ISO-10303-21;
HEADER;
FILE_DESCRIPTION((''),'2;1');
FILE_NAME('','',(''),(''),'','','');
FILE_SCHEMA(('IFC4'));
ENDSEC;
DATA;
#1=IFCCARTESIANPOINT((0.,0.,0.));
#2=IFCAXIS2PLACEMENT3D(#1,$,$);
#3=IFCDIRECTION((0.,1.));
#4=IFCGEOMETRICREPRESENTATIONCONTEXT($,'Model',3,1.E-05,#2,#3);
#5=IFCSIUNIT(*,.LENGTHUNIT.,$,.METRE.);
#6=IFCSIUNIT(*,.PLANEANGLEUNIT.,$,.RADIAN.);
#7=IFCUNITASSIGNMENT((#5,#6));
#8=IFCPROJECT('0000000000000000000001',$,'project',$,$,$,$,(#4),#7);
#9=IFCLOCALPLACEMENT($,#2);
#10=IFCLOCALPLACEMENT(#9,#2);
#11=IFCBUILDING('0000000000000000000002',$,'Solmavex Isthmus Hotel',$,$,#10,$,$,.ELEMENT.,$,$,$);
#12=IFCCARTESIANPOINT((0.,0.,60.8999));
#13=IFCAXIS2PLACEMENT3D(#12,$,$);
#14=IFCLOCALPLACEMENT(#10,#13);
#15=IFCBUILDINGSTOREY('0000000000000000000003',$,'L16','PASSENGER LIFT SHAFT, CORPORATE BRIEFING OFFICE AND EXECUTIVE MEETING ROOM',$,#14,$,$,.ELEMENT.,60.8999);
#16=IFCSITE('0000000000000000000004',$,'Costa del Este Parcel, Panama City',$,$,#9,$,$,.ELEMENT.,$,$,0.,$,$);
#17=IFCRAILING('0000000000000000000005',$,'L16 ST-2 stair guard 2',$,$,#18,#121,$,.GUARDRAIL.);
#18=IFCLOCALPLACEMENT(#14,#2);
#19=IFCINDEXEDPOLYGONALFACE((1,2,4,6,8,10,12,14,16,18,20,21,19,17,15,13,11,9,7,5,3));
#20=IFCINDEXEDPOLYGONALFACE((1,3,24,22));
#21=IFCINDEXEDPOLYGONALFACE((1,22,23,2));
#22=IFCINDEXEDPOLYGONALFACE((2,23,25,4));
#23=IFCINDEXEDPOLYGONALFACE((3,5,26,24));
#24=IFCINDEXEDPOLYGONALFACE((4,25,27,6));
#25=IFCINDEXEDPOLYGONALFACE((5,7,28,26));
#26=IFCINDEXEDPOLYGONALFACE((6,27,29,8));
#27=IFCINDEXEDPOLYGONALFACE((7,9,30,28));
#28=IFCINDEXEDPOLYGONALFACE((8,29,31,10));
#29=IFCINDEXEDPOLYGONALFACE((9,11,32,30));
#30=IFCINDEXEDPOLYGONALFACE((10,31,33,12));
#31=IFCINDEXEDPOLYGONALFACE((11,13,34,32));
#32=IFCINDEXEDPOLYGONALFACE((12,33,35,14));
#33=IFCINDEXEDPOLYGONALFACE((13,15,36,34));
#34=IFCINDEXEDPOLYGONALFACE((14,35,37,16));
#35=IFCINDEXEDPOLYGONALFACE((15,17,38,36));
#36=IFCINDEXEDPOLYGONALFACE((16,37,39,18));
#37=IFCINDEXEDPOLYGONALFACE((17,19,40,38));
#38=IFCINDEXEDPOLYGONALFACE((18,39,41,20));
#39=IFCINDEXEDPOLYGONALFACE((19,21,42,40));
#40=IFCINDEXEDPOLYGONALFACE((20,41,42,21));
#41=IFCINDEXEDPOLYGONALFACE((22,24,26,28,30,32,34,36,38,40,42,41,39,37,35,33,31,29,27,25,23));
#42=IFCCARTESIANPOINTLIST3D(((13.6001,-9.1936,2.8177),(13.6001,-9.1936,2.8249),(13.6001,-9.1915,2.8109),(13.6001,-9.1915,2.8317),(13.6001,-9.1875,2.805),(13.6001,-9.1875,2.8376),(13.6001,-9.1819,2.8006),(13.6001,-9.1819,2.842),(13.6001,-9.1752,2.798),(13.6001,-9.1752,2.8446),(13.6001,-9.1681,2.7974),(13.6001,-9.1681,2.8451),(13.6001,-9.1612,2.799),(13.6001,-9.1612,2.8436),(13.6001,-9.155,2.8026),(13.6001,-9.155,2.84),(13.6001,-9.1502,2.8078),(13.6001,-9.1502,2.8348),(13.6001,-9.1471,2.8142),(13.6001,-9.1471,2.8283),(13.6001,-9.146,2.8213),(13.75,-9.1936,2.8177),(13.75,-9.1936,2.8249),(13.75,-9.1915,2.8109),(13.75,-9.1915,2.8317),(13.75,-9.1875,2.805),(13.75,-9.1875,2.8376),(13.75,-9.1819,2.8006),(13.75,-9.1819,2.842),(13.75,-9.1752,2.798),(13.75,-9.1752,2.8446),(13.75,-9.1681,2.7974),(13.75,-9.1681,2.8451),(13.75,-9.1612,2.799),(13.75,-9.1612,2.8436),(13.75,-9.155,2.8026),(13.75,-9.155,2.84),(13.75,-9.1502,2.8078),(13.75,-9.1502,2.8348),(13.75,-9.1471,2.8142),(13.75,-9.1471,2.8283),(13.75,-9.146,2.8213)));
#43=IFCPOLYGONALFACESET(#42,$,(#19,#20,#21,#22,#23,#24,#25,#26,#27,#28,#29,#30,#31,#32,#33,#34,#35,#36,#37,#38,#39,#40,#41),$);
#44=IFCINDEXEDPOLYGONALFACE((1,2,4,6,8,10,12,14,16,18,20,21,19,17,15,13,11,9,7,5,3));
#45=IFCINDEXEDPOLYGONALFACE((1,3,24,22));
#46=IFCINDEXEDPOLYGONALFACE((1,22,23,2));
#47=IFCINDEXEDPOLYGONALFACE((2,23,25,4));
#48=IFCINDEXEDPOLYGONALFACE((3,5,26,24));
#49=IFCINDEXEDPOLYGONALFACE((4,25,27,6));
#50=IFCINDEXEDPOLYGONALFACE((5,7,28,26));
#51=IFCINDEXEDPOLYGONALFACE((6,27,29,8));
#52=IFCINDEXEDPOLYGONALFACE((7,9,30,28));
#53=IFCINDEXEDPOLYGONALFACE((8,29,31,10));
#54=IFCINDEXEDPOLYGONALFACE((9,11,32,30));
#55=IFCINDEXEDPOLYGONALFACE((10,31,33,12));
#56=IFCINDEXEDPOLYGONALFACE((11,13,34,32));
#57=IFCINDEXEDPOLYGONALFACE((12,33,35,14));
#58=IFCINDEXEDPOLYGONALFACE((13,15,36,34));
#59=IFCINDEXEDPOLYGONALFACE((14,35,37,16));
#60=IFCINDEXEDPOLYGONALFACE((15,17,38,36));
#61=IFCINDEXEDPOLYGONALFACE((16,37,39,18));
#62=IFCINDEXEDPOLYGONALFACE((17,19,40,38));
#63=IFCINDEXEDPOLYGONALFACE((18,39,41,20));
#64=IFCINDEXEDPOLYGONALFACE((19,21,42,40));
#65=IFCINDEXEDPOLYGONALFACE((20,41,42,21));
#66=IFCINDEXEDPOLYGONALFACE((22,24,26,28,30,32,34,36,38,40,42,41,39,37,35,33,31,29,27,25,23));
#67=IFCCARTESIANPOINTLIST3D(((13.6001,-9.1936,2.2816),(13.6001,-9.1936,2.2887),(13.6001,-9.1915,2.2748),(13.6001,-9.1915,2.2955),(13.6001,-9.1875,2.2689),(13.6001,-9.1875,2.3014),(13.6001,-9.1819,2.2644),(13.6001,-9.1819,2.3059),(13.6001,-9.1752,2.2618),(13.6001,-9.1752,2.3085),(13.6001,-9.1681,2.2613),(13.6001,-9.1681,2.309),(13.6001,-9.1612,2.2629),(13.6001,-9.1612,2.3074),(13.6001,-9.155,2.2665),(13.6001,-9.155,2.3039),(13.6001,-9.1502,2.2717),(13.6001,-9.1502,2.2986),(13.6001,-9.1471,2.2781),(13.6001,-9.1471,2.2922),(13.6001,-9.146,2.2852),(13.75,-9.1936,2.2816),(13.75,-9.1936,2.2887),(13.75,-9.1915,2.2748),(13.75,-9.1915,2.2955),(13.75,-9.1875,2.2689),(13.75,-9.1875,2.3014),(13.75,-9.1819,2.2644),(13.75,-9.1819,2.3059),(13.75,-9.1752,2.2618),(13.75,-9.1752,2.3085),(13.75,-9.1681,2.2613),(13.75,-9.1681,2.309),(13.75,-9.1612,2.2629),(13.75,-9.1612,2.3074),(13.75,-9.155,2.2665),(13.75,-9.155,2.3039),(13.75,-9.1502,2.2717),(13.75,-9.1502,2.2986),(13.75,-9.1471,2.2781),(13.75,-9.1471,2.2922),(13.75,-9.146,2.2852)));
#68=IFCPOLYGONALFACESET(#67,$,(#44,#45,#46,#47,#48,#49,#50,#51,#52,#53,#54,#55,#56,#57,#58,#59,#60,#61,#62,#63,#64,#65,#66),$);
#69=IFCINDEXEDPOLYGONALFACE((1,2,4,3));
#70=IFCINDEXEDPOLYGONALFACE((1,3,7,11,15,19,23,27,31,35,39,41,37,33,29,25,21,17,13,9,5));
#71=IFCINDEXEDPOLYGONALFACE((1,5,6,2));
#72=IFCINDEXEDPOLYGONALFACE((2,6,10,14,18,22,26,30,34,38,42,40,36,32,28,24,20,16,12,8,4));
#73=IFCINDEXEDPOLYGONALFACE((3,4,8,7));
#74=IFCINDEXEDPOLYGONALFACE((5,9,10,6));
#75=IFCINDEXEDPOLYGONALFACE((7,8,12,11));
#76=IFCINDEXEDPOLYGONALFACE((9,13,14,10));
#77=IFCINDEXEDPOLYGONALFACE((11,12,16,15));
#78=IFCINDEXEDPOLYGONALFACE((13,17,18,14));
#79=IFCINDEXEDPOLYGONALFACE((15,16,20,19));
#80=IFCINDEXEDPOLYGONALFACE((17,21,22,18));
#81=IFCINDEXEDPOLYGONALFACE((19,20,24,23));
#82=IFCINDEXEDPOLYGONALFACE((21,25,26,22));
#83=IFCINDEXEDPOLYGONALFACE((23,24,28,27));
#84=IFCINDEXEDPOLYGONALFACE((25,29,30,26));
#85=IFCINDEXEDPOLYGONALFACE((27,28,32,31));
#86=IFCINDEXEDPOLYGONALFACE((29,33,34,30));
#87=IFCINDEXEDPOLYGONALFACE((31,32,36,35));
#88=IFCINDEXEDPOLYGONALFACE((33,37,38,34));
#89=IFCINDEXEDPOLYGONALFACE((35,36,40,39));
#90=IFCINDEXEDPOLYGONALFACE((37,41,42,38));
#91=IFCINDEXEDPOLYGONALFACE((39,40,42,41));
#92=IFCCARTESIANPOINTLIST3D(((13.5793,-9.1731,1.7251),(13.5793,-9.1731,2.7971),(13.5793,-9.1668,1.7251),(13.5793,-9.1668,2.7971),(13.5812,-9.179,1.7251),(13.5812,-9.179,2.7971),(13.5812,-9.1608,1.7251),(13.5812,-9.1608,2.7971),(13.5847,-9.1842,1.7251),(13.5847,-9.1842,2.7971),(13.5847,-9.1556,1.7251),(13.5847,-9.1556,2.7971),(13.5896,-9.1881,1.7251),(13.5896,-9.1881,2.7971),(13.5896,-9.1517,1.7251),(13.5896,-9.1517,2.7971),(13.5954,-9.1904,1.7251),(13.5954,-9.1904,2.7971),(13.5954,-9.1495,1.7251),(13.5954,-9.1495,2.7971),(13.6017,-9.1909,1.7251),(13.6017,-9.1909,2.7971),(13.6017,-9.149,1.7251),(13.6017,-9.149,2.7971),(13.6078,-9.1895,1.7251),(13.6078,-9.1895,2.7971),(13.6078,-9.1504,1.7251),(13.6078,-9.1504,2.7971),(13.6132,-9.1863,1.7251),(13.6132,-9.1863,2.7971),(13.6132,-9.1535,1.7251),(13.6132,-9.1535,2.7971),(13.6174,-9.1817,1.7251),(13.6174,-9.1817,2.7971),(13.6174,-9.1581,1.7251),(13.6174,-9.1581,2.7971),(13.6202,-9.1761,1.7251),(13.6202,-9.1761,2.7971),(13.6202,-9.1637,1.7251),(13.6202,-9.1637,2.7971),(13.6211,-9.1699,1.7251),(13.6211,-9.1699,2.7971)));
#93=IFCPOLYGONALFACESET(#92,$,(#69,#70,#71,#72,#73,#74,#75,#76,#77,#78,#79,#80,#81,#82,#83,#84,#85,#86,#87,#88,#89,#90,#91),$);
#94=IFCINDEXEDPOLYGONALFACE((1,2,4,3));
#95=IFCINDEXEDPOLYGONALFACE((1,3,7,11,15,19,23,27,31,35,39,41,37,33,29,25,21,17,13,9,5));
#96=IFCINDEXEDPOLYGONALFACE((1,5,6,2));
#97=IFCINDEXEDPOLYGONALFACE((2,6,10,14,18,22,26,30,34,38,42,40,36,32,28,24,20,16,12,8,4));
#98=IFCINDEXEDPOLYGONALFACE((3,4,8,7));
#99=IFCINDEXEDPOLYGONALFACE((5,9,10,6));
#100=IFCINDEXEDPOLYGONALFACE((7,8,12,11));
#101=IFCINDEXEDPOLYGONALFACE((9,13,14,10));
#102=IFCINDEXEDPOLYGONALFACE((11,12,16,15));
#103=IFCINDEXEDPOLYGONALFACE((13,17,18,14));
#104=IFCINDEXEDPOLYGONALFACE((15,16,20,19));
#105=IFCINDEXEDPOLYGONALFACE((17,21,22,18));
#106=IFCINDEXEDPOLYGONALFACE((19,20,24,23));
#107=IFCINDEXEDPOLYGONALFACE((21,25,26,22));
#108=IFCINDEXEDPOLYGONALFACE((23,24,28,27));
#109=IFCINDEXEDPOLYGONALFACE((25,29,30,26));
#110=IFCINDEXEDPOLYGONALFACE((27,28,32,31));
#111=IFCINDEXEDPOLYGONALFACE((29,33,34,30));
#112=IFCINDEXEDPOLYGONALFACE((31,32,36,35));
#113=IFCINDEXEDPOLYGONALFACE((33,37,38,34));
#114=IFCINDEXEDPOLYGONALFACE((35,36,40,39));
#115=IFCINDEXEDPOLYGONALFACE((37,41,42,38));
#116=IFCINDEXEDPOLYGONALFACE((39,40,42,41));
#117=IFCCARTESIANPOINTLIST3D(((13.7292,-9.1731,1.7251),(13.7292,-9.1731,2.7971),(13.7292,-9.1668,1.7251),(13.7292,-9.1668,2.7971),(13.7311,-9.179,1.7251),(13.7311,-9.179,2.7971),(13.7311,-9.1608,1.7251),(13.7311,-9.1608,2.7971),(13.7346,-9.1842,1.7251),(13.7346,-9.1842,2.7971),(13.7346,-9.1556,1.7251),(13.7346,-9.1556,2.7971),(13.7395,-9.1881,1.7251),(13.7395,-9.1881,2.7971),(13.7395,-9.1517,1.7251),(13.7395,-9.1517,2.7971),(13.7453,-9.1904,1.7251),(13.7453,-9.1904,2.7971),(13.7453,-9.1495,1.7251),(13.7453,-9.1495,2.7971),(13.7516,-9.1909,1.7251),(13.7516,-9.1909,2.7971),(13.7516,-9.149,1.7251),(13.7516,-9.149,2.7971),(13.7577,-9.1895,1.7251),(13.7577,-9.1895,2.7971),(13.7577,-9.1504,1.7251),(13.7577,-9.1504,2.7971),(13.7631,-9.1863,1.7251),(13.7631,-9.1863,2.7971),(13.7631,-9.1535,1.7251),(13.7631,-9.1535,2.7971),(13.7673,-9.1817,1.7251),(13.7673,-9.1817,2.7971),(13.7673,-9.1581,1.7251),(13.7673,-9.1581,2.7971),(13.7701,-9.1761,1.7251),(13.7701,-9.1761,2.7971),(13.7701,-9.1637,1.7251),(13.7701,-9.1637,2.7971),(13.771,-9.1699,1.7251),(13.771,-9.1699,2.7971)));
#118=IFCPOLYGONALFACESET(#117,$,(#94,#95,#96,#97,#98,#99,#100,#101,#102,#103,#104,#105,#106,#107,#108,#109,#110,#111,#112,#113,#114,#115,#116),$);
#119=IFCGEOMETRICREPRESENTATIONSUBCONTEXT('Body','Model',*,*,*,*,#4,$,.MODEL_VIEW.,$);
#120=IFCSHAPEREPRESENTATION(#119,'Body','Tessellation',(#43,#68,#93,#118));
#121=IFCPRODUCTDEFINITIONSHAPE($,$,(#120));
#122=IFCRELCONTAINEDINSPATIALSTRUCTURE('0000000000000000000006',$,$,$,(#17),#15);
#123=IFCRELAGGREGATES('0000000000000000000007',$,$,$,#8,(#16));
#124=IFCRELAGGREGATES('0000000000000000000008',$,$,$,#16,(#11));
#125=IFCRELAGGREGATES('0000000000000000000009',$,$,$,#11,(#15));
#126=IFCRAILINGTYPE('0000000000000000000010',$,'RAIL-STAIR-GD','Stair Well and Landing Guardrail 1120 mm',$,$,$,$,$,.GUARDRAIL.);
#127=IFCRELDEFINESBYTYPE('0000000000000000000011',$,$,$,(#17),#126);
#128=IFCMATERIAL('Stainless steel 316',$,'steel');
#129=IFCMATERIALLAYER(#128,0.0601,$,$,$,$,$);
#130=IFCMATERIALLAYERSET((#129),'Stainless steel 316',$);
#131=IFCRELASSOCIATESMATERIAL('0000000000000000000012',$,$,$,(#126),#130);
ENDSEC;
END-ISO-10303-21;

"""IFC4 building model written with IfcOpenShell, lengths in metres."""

from ifc_helpers import new_model, si_unit, direction, frame, origin, origin_2d, place, context, subcontext, project, spatial, circle, extrude, material, layer, layer_set, type_object, element, save


model = new_model("IFC4")

# Units and contexts
model_context = context("Model", 3, precision=1e-05, world=origin(), true_north=direction((0.0, 1.0)))
body_context = subcontext(model_context, "Body", "Model", "MODEL_VIEW")
ifc_project = project(units=[si_unit("LENGTHUNIT", "METRE"), si_unit("PLANEANGLEUNIT", "RADIAN")], contexts=[model_context])

# Site, building, storey
site_placement = place(None, origin())
site = spatial("IfcSite", under=ifc_project, at=site_placement, Name="Costa del Este Parcel, Panama City", CompositionType="ELEMENT", RefElevation=0.0)
building_placement = place(site_placement, origin())
building = spatial("IfcBuilding", under=site, at=building_placement, Name="Solmavex Isthmus Hotel", CompositionType="ELEMENT")
storey_placement = place(building_placement, frame((0.0, 0.0, 60.8999)))
storey = spatial("IfcBuildingStorey", under=building, at=storey_placement, Name="L16", Description="PASSENGER LIFT SHAFT, CORPORATE BRIEFING OFFICE AND EXECUTIVE MEETING ROOM", CompositionType="ELEMENT", Elevation=60.8999)

# Railing
ifc_material_1 = material(Name="Stainless steel 316", Category="steel")
ifc_layer_1 = layer(ifc_material_1, 0.0601)
ifc_layer_set_1 = layer_set([ifc_layer_1], Name="Stainless steel 316")
railing_type_1 = type_object("IfcRailingType", Name="RAIL-STAIR-GD", Description="Stair Well and Landing Guardrail 1120 mm", PredefinedType="GUARDRAIL", material=ifc_layer_set_1)
railing_1_placement = place(storey_placement, frame((13.6001, -9.1699, 1.7251)))
element("IfcRailing", 1, at=railing_1_placement, inside=storey, type_object=railing_type_1, Name="L16 ST-2 stair guard 2", PredefinedType="GUARDRAIL", context=body_context, shape_type="SweptSolid", body=[
    extrude(circle(Radius=0.0239, at=origin_2d()), frame((0.0, 0.0, 1.0962), z_axis=(1.0, 0.0, 0.0), x_axis=(0.0, 1.0, 0.0)), (0.0, 0.0, 1.0), 0.1499),
    extrude(circle(Radius=0.0239, at=origin_2d()), frame((0.0, 0.0, 0.5601), z_axis=(1.0, 0.0, 0.0), x_axis=(0.0, 1.0, 0.0)), (0.0, 0.0, 1.0), 0.1499),
    extrude(circle(Radius=0.021, at=origin_2d()), origin(), (0.0, 0.0, 1.0), 1.072),
    extrude(circle(Radius=0.021, at=origin_2d()), frame((0.1499, 0.0, 0.0)), (0.0, 0.0, 1.0), 1.072),
])

save(model, "model.ifc")
